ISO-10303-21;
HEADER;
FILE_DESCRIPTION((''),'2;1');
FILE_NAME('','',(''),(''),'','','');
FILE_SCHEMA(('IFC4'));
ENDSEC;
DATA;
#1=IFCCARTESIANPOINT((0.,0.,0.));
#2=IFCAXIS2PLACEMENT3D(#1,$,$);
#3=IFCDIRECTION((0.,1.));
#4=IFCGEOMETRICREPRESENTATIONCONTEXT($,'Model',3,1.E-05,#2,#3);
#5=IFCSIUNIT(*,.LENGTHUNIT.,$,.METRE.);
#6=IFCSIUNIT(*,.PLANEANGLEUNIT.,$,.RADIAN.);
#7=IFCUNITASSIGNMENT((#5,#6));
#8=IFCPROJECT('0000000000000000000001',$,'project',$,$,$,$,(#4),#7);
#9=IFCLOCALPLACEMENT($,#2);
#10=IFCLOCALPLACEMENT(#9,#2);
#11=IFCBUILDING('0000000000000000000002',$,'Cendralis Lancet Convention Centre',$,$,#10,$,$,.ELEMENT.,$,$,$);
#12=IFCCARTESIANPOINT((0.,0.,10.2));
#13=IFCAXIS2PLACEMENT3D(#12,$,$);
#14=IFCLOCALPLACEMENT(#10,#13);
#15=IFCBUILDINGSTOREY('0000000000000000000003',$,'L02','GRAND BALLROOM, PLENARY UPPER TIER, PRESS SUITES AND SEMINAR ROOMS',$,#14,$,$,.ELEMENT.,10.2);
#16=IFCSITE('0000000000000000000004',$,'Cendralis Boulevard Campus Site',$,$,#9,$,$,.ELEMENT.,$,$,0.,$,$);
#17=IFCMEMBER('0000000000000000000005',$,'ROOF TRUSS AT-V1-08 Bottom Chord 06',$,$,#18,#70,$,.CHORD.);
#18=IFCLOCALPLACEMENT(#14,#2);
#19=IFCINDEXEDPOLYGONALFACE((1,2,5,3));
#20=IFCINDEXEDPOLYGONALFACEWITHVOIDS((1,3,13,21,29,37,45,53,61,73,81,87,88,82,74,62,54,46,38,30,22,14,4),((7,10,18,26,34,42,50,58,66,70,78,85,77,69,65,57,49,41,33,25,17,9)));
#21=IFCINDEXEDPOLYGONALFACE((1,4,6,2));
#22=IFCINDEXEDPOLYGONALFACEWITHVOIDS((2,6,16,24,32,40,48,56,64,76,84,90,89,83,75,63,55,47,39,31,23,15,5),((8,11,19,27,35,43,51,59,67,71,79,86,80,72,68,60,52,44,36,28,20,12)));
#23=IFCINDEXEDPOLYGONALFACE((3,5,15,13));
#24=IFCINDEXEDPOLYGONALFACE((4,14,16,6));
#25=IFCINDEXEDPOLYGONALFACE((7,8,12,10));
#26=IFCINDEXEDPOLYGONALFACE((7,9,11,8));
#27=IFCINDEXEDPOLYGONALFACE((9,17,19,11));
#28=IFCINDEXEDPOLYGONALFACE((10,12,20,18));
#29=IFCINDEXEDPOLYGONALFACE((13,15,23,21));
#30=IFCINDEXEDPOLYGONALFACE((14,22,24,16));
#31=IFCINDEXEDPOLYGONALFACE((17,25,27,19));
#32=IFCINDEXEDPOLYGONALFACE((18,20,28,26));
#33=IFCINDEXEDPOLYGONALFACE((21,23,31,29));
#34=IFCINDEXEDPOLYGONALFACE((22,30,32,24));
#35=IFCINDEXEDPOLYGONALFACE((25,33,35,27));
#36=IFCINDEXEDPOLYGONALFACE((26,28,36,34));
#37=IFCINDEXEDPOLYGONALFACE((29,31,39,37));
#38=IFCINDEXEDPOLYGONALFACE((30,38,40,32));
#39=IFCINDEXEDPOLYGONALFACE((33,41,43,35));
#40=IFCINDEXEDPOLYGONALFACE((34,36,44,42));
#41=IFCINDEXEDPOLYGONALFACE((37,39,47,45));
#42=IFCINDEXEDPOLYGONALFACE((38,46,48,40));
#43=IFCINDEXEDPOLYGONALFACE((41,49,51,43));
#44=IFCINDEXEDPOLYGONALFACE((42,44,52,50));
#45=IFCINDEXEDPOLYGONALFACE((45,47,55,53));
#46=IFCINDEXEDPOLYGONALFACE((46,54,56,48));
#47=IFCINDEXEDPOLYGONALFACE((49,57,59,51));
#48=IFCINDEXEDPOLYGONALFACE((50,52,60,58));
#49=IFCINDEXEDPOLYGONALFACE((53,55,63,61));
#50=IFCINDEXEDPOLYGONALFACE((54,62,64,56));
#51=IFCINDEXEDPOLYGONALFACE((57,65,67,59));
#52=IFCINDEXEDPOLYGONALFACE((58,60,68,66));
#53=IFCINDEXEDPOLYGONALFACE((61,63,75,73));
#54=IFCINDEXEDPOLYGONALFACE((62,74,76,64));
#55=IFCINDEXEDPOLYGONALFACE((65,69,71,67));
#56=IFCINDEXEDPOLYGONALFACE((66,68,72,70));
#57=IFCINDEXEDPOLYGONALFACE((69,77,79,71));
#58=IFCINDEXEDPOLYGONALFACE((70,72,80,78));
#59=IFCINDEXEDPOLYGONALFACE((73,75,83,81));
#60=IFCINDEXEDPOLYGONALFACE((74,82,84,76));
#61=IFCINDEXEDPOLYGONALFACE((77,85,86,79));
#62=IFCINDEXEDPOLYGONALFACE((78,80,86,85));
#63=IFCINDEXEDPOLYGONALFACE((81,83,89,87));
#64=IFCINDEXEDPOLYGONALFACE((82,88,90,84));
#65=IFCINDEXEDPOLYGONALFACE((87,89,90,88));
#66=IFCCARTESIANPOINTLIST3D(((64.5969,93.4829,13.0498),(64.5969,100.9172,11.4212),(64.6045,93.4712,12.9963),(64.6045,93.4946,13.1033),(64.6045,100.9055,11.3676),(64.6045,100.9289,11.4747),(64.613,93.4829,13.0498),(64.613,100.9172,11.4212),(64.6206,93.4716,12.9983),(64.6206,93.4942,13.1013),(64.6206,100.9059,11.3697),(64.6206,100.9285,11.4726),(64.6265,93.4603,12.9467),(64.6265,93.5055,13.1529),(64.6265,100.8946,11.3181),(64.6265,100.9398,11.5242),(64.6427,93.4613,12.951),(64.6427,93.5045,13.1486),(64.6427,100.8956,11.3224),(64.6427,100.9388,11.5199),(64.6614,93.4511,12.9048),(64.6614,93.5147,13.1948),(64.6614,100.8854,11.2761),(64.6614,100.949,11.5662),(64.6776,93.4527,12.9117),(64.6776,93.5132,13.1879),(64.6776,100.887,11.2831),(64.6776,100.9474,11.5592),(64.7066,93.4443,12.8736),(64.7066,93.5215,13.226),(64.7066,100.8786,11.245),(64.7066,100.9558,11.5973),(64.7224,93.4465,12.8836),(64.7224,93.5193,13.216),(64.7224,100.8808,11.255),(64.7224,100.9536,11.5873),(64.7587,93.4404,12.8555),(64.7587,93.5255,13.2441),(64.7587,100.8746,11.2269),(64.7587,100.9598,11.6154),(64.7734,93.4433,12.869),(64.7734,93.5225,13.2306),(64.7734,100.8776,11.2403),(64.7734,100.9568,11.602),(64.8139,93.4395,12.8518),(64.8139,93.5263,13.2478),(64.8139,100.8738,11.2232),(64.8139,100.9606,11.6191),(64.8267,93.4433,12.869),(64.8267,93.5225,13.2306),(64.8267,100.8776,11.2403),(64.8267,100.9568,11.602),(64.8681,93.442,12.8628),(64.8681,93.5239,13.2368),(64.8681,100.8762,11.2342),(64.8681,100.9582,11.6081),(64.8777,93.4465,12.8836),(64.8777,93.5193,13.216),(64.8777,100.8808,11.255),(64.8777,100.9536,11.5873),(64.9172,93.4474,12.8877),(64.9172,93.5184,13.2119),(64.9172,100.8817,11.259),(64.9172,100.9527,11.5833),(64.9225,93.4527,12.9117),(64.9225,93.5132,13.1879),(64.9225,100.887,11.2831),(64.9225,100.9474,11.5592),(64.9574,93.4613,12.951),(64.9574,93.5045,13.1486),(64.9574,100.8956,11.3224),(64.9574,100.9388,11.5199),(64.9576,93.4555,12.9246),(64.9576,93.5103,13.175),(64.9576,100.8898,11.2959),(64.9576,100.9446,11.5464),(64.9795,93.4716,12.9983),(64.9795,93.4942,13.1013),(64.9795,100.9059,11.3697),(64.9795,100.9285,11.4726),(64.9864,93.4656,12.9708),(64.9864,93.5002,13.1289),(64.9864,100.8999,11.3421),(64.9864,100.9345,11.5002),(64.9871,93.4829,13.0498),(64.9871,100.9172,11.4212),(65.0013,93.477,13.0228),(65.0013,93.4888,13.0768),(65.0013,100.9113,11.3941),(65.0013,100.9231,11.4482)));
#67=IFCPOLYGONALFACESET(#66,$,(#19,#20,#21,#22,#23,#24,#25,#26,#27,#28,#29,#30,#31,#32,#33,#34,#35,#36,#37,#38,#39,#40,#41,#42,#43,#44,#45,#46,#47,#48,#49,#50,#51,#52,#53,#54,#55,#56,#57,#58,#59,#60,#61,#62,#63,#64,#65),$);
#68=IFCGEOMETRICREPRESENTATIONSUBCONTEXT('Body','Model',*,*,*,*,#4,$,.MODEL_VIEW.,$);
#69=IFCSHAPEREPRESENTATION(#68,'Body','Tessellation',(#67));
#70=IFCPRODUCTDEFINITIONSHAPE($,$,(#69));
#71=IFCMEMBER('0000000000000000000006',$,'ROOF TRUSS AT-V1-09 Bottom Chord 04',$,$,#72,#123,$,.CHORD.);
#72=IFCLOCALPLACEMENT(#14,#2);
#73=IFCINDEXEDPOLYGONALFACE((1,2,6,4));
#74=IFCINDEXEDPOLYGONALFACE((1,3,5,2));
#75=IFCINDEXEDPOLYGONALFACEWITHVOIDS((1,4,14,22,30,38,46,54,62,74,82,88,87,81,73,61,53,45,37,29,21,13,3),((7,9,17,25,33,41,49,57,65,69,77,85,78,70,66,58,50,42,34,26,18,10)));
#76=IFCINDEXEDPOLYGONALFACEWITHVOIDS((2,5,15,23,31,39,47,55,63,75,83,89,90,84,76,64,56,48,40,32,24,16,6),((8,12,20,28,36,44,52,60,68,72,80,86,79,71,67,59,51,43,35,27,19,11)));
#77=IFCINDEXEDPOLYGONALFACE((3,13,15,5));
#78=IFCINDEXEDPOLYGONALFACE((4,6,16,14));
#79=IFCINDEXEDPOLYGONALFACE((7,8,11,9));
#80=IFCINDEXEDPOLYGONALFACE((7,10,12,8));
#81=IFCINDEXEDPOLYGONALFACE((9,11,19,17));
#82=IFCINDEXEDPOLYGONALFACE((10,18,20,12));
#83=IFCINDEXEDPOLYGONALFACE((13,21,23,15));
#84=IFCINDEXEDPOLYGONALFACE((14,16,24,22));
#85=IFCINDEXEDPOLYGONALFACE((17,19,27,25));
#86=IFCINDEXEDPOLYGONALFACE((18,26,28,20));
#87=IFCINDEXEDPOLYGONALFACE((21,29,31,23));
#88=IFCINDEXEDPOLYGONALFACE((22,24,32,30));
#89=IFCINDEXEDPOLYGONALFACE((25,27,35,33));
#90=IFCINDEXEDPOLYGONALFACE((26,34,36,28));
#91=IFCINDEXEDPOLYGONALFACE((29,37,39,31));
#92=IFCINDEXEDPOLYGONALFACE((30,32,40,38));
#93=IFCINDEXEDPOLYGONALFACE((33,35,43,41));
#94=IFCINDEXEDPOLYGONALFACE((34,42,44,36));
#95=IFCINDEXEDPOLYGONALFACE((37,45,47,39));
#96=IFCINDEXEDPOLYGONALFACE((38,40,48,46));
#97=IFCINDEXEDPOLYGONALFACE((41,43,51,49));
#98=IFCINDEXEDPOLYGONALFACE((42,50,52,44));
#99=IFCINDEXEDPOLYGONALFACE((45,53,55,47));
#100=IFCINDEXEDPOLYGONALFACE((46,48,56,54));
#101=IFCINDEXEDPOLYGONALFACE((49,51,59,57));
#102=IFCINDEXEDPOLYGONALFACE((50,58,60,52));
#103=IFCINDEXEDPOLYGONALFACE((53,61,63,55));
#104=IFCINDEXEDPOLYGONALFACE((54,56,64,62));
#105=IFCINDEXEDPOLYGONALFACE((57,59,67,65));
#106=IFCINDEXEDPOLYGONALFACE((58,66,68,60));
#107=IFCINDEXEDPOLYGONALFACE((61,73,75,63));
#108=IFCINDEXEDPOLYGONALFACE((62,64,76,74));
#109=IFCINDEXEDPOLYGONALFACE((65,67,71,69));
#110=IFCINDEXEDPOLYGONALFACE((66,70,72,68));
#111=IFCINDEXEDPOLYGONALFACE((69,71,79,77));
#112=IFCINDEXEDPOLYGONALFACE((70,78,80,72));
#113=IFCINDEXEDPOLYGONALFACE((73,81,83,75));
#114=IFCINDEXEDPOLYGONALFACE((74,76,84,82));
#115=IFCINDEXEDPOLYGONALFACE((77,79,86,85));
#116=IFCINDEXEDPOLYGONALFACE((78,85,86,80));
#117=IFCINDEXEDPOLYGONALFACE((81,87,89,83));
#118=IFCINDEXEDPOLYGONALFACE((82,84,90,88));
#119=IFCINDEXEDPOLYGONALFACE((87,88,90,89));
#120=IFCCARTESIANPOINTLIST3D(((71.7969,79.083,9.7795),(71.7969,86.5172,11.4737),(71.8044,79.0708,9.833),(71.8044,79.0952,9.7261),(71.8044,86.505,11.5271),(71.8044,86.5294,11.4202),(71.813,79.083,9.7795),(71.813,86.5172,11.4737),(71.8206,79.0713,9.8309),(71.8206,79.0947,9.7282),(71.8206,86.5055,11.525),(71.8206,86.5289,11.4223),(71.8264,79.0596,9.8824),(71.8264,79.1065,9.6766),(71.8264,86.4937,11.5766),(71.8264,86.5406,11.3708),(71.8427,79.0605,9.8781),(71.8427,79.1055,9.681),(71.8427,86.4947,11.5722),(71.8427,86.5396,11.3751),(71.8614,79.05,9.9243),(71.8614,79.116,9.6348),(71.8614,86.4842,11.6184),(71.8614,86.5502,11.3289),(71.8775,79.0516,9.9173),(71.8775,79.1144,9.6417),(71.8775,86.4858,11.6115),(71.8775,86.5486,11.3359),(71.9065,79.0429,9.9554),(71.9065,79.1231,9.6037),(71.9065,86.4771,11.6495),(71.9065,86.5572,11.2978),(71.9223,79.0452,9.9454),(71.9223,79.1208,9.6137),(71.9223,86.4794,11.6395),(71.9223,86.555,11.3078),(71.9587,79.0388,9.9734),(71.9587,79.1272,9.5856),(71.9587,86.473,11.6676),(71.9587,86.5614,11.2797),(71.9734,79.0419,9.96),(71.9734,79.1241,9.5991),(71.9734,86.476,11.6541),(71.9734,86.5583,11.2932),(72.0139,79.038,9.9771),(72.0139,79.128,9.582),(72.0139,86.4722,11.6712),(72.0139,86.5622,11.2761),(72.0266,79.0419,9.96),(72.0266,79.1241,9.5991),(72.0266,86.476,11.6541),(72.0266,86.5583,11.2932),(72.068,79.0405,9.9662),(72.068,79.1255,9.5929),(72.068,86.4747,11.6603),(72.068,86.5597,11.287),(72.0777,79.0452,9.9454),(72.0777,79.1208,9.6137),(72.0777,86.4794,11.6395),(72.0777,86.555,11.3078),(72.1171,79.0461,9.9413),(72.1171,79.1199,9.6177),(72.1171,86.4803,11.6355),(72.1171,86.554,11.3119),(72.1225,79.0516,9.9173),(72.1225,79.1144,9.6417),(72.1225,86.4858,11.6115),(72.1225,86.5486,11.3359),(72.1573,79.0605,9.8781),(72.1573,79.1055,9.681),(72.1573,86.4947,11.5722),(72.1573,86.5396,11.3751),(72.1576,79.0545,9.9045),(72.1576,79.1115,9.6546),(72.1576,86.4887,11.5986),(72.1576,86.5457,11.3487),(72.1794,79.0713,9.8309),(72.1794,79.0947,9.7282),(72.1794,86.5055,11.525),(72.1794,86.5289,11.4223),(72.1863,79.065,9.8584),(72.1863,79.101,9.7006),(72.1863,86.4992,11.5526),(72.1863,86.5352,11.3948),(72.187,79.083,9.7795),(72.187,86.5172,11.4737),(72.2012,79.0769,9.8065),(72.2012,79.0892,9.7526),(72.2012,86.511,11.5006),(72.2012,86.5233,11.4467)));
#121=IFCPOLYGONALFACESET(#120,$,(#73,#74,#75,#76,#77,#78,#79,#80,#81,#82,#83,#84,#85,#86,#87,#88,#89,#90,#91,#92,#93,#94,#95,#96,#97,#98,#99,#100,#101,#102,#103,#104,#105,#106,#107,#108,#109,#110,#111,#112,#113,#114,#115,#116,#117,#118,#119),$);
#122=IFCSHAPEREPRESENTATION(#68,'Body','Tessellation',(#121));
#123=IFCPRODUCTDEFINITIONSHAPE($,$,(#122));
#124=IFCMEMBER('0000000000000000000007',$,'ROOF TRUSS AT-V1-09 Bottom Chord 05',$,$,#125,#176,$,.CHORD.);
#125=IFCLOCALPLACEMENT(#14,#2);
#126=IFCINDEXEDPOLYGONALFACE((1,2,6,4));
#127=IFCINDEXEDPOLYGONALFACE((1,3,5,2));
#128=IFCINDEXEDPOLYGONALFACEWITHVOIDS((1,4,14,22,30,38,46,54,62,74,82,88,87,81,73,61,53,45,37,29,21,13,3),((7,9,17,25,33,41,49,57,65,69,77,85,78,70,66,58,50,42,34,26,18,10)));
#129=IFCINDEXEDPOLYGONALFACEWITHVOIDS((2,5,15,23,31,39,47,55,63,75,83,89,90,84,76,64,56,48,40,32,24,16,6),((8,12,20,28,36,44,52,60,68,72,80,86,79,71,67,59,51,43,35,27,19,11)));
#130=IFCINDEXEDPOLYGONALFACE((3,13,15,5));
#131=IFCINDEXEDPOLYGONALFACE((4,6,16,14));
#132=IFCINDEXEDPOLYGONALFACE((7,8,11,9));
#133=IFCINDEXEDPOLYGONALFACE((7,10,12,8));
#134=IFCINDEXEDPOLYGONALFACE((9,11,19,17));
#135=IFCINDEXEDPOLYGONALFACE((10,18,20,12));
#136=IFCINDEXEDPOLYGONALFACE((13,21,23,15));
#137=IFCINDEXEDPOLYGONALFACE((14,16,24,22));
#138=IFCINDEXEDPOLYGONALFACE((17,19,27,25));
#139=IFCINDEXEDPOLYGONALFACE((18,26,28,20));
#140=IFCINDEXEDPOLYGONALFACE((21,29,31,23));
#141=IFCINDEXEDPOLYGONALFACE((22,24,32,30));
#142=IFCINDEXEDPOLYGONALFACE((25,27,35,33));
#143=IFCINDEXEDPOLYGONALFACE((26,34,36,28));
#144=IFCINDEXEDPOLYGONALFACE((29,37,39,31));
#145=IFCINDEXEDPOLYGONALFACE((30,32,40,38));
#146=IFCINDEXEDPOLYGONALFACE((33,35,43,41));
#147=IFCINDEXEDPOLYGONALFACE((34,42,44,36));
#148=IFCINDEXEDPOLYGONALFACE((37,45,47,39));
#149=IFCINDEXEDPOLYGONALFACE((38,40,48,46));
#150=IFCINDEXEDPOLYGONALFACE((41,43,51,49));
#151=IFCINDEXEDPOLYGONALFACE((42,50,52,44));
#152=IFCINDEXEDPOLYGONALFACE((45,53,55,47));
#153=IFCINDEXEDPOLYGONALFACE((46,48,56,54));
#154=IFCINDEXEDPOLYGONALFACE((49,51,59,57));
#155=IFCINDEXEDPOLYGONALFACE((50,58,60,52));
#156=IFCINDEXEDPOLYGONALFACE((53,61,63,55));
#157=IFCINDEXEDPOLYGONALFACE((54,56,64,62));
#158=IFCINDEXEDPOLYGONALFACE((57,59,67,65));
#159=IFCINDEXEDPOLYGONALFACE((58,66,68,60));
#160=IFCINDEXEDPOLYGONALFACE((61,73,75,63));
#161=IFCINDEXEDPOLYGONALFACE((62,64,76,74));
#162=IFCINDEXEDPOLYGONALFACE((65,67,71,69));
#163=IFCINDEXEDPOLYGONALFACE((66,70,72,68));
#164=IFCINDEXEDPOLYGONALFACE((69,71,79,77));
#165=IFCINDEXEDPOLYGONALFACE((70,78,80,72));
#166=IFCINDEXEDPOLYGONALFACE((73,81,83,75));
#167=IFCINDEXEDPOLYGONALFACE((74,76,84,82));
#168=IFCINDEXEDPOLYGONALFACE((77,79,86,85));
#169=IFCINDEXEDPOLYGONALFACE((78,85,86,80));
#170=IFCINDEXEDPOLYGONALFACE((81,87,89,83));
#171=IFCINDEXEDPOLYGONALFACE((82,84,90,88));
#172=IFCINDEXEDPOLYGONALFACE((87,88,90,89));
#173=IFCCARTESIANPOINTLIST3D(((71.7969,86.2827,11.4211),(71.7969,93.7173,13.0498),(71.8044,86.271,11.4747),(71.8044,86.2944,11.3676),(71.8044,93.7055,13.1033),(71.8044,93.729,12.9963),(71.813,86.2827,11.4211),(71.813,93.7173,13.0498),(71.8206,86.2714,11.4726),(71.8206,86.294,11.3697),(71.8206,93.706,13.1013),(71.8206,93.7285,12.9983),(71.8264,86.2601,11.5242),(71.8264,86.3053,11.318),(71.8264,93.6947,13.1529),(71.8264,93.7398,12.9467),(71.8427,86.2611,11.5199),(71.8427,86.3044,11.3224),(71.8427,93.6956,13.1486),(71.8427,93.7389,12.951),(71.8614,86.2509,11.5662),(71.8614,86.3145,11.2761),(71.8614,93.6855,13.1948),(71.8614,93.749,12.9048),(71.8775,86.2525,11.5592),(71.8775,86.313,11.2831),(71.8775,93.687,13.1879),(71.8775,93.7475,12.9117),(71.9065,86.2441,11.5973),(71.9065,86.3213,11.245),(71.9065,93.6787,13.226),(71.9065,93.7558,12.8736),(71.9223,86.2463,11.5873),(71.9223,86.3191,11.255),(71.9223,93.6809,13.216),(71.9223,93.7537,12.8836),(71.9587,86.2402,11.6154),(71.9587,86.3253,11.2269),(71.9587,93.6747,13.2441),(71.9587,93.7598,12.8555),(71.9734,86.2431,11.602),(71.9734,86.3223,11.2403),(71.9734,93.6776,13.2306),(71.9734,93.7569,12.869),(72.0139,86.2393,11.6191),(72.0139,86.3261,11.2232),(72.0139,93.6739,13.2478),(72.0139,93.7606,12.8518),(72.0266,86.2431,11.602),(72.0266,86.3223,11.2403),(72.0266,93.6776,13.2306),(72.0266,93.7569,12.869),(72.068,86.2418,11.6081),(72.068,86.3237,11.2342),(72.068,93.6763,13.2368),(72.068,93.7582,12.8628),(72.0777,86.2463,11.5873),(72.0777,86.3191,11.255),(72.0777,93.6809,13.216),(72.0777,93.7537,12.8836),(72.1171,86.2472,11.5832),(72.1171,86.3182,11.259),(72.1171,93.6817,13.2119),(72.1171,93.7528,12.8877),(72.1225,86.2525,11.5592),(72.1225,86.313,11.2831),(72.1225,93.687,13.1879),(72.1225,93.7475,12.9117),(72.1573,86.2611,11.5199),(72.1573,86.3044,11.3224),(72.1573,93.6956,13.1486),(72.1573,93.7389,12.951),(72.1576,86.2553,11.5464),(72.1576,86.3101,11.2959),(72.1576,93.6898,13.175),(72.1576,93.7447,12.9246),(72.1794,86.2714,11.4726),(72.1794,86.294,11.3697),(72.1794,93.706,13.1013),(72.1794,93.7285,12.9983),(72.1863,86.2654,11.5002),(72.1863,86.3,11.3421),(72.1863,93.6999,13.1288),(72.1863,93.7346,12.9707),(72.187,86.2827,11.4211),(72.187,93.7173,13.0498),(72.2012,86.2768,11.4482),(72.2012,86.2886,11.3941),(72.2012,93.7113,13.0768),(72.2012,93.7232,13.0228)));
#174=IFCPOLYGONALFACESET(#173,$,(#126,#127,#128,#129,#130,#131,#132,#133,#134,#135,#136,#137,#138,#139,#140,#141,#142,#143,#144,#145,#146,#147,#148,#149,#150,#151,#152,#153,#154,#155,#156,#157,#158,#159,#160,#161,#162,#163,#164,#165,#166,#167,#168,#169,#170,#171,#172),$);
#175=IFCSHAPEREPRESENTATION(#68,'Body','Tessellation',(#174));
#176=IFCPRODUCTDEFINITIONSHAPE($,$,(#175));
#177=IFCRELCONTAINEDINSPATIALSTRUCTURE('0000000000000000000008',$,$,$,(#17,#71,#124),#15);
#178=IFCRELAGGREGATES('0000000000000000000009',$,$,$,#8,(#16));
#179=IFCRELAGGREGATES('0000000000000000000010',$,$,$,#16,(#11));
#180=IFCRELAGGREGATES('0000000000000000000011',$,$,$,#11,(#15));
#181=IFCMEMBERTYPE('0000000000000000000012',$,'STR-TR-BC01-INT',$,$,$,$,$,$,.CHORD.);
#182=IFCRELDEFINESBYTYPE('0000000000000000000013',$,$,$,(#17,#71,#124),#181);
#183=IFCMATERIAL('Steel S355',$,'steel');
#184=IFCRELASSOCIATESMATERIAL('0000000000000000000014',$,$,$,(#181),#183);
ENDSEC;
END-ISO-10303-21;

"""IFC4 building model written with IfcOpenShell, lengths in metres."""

from ifc_helpers import new_model, si_unit, direction, frame, origin, origin_2d, place, context, subcontext, project, spatial, hollow_circle, extrude, material, material_profile, profile_set, type_object, element, save


model = new_model("IFC4")

# Units and contexts
model_context = context("Model", 3, precision=1e-05, world=origin(), true_north=direction((0.0, 1.0)))
body_context = subcontext(model_context, "Body", "Model", "MODEL_VIEW")
ifc_project = project(units=[si_unit("LENGTHUNIT", "METRE"), si_unit("PLANEANGLEUNIT", "RADIAN")], contexts=[model_context])

# Site, building, storey
site_placement = place(None, origin())
site = spatial("IfcSite", under=ifc_project, at=site_placement, Name="Cendralis Boulevard Campus Site", CompositionType="ELEMENT", RefElevation=0.0)
building_placement = place(site_placement, origin())
building = spatial("IfcBuilding", under=site, at=building_placement, Name="Cendralis Lancet Convention Centre", CompositionType="ELEMENT")
storey_placement = place(building_placement, frame((0.0, 0.0, 10.2)))
storey = spatial("IfcBuildingStorey", under=building, at=storey_placement, Name="L02", Description="GRAND BALLROOM, PLENARY UPPER TIER, PRESS SUITES AND SEMINAR ROOMS", CompositionType="ELEMENT", Elevation=10.2)

# Members
ifc_material = material(Name="Steel S355", Category="steel")
ifc_material_profile_1 = material_profile(ifc_material, hollow_circle(Radius=0.2031, WallThickness=0.0161, at=origin_2d()), Name="CHS 406.4x16.0")
ifc_profile_set_1 = profile_set([ifc_material_profile_1], Name="Steel S355")
member_type_1 = type_object("IfcMemberType", Name="STR-TR-BC01-INT", PredefinedType="CHORD", material=ifc_profile_set_1)
member_1_placement = place(storey_placement, frame((64.8, 93.4829, 13.0498), z_axis=(0.0, 0.976834, -0.213998), x_axis=(-1.0, 0.0, 0.0)))
element("IfcMember", 1, at=member_1_placement, inside=storey, type_object=member_type_1, Name="ROOF TRUSS AT-V1-08 Bottom Chord 06", PredefinedType="CHORD", context=body_context, shape_type="SweptSolid", body=[
    extrude(hollow_circle(Radius=0.2031, WallThickness=0.0161, at=origin_2d()), origin(), (0.0, 0.0, 1.0), 7.6106),
])
member_2_placement = place(storey_placement, frame((72.0, 79.083, 9.7795), z_axis=(0.0, 0.975004, 0.222186), x_axis=(-1.0, 0.0, 0.0)))
element("IfcMember", 2, at=member_2_placement, inside=storey, type_object=member_type_1, Name="ROOF TRUSS AT-V1-09 Bottom Chord 04", PredefinedType="CHORD", context=body_context, shape_type="SweptSolid", body=[
    extrude(hollow_circle(Radius=0.2031, WallThickness=0.0161, at=origin_2d()), origin(), (0.0, 0.0, 1.0), 7.6248),
])
member_3_placement = place(storey_placement, frame((72.0, 86.2827, 11.4211), z_axis=(0.0, 0.976836, 0.213992), x_axis=(-1.0, 0.0, 0.0)))
element("IfcMember", 3, at=member_3_placement, inside=storey, type_object=member_type_1, Name="ROOF TRUSS AT-V1-09 Bottom Chord 05", PredefinedType="CHORD", context=body_context, shape_type="SweptSolid", body=[
    extrude(hollow_circle(Radius=0.2031, WallThickness=0.0161, at=origin_2d()), origin(), (0.0, 0.0, 1.0), 7.6108),
])

save(model, "model.ifc")
